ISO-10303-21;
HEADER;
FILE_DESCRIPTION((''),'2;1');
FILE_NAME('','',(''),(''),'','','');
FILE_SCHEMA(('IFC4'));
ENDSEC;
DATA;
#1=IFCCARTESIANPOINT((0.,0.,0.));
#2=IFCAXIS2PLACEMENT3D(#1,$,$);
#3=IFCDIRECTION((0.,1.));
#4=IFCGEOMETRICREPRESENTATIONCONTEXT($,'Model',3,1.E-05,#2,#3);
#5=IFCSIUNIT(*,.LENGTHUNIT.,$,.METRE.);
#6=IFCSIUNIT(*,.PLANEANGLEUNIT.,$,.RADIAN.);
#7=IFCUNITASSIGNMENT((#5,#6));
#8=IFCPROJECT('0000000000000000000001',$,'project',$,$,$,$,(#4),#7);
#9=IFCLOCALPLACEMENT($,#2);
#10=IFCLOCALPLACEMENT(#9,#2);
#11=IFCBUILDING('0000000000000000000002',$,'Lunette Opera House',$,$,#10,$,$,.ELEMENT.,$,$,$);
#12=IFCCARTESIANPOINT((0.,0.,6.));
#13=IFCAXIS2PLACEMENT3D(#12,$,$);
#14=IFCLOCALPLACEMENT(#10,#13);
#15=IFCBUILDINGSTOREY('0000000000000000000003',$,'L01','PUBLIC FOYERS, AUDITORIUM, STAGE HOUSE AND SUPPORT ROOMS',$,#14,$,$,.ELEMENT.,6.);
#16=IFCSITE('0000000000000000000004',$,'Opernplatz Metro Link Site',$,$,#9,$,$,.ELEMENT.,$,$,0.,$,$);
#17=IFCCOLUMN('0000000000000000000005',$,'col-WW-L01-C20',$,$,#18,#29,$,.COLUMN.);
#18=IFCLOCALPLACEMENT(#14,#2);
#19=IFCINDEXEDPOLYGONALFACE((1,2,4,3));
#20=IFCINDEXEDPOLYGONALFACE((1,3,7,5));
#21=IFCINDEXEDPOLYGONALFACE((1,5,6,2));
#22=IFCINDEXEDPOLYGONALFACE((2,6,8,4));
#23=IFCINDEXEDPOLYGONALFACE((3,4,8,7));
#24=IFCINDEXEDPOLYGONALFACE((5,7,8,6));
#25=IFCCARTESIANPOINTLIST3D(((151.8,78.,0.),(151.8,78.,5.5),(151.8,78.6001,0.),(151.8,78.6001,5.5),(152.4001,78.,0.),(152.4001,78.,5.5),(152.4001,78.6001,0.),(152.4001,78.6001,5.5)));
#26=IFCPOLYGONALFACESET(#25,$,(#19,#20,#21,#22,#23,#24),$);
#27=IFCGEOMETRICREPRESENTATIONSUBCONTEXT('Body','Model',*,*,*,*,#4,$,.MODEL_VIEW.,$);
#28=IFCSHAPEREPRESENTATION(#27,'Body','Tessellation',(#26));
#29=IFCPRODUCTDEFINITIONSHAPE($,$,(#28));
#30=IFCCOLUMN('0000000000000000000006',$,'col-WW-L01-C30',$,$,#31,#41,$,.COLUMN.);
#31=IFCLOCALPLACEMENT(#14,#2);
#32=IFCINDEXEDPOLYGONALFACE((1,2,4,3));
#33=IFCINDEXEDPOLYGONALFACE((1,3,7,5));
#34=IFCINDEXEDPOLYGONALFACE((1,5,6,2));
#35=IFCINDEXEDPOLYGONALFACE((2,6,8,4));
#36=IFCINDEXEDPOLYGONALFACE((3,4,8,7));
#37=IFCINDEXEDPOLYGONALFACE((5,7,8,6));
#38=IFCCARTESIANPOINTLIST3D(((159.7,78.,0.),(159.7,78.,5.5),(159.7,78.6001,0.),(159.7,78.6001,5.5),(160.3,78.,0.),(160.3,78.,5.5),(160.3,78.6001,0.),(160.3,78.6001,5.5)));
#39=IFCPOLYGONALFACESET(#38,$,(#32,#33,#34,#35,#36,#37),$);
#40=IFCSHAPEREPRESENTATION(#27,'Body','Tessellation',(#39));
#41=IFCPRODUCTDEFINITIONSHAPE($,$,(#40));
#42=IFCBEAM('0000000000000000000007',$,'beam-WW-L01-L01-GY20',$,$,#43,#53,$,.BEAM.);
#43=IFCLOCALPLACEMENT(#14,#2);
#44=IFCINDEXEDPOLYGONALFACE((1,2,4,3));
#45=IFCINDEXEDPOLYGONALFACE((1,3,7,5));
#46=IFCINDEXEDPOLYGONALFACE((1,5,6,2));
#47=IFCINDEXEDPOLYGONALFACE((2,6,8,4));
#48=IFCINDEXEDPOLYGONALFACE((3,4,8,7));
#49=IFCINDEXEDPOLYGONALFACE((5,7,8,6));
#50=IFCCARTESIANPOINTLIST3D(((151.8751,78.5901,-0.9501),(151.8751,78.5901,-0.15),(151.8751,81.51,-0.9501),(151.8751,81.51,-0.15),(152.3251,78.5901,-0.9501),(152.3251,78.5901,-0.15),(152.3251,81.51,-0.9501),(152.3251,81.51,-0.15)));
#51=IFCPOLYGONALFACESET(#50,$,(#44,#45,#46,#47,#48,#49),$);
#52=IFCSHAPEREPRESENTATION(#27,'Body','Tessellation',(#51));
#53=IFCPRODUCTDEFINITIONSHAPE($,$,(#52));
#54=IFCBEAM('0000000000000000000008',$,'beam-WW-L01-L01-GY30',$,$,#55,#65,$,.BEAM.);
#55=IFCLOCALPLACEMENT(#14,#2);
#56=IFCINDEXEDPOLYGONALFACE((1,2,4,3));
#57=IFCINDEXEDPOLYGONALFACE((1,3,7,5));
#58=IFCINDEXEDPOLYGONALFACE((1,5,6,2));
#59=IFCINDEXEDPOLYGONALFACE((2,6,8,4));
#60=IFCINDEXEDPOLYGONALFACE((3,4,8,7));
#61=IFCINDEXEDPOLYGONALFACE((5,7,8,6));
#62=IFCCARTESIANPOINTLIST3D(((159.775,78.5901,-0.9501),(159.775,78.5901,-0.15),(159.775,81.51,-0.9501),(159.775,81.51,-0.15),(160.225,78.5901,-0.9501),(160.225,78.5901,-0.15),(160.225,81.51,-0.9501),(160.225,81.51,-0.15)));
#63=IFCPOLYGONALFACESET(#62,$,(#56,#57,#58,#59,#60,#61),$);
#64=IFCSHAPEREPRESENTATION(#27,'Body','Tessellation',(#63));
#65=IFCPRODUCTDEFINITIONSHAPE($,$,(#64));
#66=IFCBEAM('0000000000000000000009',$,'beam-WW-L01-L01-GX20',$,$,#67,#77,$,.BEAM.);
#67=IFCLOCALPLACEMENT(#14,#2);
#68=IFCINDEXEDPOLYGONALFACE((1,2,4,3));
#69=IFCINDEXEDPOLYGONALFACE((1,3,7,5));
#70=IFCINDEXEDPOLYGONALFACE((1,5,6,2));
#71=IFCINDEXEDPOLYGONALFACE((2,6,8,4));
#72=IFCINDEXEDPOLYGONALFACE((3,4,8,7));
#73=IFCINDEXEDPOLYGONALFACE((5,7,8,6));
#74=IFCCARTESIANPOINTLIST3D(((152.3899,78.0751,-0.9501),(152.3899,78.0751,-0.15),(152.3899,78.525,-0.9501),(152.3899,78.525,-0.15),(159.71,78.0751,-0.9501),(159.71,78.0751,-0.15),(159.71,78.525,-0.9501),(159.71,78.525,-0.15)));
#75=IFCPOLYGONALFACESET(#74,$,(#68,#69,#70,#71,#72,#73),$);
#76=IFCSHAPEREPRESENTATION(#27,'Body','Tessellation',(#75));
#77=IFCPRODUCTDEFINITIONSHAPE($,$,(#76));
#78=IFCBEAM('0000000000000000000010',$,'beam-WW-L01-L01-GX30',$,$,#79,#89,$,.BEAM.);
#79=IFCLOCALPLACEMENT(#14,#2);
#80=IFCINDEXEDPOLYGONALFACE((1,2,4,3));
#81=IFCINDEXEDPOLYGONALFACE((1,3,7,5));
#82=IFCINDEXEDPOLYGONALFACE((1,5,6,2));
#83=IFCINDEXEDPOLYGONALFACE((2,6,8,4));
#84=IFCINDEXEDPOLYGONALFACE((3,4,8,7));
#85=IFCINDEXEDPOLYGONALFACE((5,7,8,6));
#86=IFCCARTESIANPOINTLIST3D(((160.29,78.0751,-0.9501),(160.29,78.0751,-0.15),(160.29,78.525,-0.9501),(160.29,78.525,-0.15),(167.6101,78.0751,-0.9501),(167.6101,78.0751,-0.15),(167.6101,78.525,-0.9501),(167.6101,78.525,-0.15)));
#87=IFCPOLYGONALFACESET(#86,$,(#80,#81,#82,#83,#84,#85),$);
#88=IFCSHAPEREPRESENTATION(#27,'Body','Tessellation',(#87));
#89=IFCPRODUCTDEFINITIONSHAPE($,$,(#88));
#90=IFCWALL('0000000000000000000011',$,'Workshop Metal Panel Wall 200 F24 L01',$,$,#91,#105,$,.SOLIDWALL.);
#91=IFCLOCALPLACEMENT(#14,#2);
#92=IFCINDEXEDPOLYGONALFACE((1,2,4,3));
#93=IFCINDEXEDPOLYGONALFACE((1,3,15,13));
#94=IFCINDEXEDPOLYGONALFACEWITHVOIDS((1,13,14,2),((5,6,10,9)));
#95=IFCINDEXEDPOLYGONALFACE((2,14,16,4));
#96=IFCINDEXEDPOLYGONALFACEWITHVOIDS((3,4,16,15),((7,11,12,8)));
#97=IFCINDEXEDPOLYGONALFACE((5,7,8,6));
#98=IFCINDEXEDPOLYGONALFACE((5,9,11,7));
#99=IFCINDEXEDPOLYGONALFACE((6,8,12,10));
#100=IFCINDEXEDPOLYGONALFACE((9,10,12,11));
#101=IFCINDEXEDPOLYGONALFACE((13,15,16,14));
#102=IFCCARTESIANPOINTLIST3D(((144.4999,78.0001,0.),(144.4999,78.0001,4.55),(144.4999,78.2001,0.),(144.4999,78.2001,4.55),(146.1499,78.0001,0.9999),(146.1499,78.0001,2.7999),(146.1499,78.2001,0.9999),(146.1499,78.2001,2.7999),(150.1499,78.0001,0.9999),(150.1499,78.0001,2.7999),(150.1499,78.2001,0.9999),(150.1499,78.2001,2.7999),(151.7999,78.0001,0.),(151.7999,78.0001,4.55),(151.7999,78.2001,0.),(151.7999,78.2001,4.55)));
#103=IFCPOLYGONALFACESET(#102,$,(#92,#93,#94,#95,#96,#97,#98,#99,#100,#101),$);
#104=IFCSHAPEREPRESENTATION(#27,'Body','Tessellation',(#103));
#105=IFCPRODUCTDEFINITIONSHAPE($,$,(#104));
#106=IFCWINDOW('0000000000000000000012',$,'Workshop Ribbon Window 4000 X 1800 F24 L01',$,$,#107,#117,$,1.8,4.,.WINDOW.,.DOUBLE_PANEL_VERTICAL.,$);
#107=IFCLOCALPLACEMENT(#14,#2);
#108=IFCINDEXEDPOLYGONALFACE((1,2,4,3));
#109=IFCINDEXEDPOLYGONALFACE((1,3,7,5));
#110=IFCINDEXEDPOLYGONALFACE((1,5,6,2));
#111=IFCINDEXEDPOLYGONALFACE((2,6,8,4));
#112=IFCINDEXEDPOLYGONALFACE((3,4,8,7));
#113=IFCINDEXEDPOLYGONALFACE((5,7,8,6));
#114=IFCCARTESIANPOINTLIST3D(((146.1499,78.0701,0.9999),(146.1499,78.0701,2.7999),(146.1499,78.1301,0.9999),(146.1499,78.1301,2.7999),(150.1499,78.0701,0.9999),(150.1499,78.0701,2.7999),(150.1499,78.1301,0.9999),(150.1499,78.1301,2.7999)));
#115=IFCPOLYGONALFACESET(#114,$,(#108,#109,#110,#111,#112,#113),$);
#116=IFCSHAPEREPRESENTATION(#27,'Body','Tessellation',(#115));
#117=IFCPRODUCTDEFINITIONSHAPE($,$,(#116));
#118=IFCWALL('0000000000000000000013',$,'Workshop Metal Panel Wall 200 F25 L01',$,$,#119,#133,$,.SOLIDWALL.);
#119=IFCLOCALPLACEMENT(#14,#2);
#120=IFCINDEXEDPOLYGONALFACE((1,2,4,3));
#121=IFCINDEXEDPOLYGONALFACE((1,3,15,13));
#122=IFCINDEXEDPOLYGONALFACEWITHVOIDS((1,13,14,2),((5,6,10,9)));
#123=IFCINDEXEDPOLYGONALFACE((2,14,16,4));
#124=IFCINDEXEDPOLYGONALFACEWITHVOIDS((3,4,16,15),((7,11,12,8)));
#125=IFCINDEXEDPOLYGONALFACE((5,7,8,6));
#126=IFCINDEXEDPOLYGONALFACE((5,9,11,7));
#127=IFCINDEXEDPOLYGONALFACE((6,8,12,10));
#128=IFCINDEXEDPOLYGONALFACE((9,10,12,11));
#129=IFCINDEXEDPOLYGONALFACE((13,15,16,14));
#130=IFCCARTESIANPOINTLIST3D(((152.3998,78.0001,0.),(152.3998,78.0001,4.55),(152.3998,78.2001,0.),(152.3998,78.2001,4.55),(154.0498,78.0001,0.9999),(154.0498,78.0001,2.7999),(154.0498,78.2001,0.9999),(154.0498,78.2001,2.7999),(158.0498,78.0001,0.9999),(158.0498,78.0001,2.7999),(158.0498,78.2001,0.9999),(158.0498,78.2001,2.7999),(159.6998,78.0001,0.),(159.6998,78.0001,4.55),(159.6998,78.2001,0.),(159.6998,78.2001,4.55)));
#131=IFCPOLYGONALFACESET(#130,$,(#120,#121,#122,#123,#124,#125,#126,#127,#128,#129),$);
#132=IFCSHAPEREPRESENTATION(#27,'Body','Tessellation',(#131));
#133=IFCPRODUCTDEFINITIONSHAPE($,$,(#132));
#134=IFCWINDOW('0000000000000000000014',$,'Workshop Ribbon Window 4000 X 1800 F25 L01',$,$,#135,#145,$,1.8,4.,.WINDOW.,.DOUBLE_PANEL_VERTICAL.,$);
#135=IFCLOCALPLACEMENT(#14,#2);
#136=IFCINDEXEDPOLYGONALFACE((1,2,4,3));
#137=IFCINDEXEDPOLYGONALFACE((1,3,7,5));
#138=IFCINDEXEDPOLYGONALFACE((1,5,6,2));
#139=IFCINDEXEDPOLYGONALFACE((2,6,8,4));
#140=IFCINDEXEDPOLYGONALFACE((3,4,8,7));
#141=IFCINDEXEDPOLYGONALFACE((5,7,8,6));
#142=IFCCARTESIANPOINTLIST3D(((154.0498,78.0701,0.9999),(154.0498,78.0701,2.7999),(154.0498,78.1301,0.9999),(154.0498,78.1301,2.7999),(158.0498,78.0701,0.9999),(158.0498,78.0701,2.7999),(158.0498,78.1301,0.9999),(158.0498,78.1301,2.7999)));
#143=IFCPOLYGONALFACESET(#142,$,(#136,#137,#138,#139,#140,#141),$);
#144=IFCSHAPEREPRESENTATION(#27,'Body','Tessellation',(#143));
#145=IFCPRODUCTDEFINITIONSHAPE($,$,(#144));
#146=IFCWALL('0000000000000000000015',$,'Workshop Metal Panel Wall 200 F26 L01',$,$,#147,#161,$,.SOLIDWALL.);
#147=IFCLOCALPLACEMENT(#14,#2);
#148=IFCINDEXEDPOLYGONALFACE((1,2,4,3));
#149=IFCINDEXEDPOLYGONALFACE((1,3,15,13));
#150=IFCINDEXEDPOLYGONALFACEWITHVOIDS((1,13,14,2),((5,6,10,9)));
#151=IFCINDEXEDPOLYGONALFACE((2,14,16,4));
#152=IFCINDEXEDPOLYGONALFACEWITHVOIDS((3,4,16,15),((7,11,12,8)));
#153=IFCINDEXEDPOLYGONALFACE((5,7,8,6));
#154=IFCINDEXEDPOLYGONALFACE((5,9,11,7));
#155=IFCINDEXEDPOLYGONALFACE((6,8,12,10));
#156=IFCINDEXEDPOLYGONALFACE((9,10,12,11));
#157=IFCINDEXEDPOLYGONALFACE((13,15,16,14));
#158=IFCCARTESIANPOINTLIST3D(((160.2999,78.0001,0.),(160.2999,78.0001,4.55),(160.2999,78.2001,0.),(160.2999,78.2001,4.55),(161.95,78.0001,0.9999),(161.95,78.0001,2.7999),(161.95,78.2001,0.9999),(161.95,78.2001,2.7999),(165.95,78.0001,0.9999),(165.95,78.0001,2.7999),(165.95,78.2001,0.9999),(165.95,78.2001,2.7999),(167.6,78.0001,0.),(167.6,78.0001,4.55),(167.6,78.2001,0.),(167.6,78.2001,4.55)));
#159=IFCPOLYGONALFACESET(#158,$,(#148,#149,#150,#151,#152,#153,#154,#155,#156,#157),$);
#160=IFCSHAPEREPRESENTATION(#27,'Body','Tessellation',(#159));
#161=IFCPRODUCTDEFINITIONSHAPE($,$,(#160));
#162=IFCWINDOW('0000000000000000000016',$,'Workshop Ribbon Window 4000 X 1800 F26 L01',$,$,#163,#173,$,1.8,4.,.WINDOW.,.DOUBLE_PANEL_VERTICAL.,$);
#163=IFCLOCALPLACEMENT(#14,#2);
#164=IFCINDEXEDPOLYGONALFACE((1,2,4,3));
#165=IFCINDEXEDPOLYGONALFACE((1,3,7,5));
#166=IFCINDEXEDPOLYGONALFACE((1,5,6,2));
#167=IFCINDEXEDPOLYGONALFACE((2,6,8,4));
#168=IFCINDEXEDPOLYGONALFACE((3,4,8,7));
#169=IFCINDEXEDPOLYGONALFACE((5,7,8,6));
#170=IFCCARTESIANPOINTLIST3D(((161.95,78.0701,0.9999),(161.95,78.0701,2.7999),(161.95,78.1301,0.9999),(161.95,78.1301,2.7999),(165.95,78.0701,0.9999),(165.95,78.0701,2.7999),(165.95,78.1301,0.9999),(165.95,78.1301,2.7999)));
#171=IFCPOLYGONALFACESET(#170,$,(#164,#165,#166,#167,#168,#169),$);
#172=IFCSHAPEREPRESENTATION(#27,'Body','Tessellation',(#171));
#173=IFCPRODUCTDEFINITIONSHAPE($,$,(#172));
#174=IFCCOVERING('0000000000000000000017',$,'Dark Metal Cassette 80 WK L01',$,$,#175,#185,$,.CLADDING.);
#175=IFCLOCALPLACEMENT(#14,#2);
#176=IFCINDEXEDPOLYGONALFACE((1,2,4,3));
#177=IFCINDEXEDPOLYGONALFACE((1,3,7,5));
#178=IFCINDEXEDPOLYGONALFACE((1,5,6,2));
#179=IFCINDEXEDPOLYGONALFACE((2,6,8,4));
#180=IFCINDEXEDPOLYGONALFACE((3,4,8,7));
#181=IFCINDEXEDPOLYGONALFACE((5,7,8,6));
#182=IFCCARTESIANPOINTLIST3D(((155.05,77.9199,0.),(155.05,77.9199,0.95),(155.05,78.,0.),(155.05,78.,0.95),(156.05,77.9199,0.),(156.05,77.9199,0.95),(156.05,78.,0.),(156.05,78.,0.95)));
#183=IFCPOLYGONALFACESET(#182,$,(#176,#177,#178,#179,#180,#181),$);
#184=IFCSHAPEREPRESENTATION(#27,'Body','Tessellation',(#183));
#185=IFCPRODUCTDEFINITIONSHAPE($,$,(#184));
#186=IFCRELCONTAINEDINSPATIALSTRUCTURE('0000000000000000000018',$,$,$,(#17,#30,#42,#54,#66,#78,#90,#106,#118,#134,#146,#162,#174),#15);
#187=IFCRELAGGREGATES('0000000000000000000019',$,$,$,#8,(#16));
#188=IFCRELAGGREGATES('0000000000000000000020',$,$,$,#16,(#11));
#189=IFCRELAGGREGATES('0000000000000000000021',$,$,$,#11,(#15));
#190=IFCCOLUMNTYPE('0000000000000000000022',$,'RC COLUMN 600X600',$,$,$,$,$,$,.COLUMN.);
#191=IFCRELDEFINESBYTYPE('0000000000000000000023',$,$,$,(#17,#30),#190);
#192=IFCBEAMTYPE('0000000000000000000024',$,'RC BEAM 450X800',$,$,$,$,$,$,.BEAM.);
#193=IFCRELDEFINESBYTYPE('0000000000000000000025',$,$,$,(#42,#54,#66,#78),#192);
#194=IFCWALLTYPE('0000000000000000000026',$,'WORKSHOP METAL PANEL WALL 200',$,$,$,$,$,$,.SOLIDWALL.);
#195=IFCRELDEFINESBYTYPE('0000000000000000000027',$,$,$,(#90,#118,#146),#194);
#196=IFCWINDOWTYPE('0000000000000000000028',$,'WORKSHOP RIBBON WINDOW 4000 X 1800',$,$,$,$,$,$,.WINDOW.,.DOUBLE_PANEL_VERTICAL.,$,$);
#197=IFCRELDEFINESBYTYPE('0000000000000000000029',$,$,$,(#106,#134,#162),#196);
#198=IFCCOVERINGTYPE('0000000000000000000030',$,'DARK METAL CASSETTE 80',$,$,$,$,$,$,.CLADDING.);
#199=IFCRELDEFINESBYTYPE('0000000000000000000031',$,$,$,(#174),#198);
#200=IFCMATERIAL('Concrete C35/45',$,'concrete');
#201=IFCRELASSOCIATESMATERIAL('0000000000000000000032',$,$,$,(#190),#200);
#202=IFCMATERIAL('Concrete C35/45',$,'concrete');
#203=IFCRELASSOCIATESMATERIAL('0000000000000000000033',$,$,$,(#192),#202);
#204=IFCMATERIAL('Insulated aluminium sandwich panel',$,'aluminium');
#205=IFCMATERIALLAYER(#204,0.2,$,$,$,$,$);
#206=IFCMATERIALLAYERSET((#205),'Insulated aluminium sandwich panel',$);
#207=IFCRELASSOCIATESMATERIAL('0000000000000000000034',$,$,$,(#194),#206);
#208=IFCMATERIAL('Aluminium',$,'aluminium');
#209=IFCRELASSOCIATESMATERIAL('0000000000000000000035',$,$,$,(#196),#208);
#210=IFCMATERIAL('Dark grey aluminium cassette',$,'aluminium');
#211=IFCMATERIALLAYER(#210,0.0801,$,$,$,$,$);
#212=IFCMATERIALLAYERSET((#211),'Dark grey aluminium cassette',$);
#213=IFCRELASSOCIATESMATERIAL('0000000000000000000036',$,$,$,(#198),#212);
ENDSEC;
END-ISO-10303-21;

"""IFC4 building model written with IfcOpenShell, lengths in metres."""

from ifc_helpers import new_model, si_unit, direction, frame, frame_2d, origin, origin_2d, place, context, subcontext, project, spatial, rectangle, extrude, material, layer, layer_set, material_profile, profile_set, type_object, element, fill, save


model = new_model("IFC4")

# Units and contexts
model_context = context("Model", 3, precision=1e-05, world=origin(), true_north=direction((0.0, 1.0)))
body_context = subcontext(model_context, "Body", "Model", "MODEL_VIEW")
ifc_project = project(units=[si_unit("LENGTHUNIT", "METRE"), si_unit("PLANEANGLEUNIT", "RADIAN")], contexts=[model_context])

# Site, building, storey
site_placement = place(None, origin())
site = spatial("IfcSite", under=ifc_project, at=site_placement, Name="Opernplatz Metro Link Site", CompositionType="ELEMENT", RefElevation=0.0)
building_placement = place(site_placement, origin())
building = spatial("IfcBuilding", under=site, at=building_placement, Name="Lunette Opera House", CompositionType="ELEMENT")
storey_placement = place(building_placement, frame((0.0, 0.0, 6.0)))
storey = spatial("IfcBuildingStorey", under=building, at=storey_placement, Name="L01", Description="PUBLIC FOYERS, AUDITORIUM, STAGE HOUSE AND SUPPORT ROOMS", CompositionType="ELEMENT", Elevation=6.0)

# Columns
ifc_material_1 = material(Name="Concrete C35/45", Category="concrete")
ifc_material_profile_1 = material_profile(ifc_material_1, rectangle(XDim=0.6001, YDim=0.6001, at=origin_2d()), Name="RC COLUMN 600X600")
ifc_profile_set_1 = profile_set([ifc_material_profile_1], Name="Concrete C35/45")
column_type = type_object("IfcColumnType", Name="RC COLUMN 600X600", PredefinedType="COLUMN", material=ifc_profile_set_1)
for number, where, z_axis, x_axis, name in (
    (1, (152.1001, 78.3, 0.0), (0.0, 0.0, 1.0), (1.0, 0.0, 0.0), "col-WW-L01-C20"),
    (2, (160.0, 78.3, 0.0), (0.0, 0.0, 1.0), (1.0, 0.0, 0.0), "col-WW-L01-C30"),
):
    element("IfcColumn", number, at=place(storey_placement, frame(where, z_axis=z_axis, x_axis=x_axis)), inside=storey, type_object=column_type, Name=name, PredefinedType="COLUMN", context=body_context, shape_type="SweptSolid", body=[
        extrude(rectangle(XDim=0.6001, YDim=0.6001, at=origin_2d()), origin(), (0.0, 0.0, 1.0), 5.5),
    ])

# Beams
ifc_material_2 = material(Name="Concrete C35/45", Category="concrete")
ifc_material_profile_2 = material_profile(ifc_material_2, rectangle(XDim=0.45, YDim=0.8, at=origin_2d()), Name="RC BEAM 450X800")
ifc_profile_set_2 = profile_set([ifc_material_profile_2], Name="Concrete C35/45")
beam_type = type_object("IfcBeamType", Name="RC BEAM 450X800", PredefinedType="BEAM", material=ifc_profile_set_2)
for number, where, z_axis, x_axis, name in (
    (3, (152.1001, 78.5901, -0.55), (0.0, 1.0, 0.0), (-1.0, 0.0, 0.0), "beam-WW-L01-L01-GY20"),
    (4, (160.0, 78.5901, -0.55), (0.0, 1.0, 0.0), (-1.0, 0.0, 0.0), "beam-WW-L01-L01-GY30"),
):
    element("IfcBeam", number, at=place(storey_placement, frame(where, z_axis=z_axis, x_axis=x_axis)), inside=storey, type_object=beam_type, Name=name, PredefinedType="BEAM", context=body_context, shape_type="SweptSolid", body=[
        extrude(rectangle(XDim=0.45, YDim=0.8, at=origin_2d()), origin(), (0.0, 0.0, 1.0), 2.9199),
    ])
for number, where, z_axis, x_axis, name in (
    (5, (152.3899, 78.3, -0.55), (1.0, 0.0, 0.0), (0.0, 1.0, 0.0), "beam-WW-L01-L01-GX20"),
    (6, (160.29, 78.3, -0.55), (1.0, 0.0, 0.0), (0.0, 1.0, 0.0), "beam-WW-L01-L01-GX30"),
):
    element("IfcBeam", number, at=place(storey_placement, frame(where, z_axis=z_axis, x_axis=x_axis)), inside=storey, type_object=beam_type, Name=name, PredefinedType="BEAM", context=body_context, shape_type="SweptSolid", body=[
        extrude(rectangle(XDim=0.45, YDim=0.8, at=origin_2d()), origin(), (0.0, 0.0, 1.0), 7.3201),
    ])

# Walls, openings, windows
ifc_material_3 = material(Name="Insulated aluminium sandwich panel", Category="aluminium")
ifc_layer_1 = layer(ifc_material_3, 0.2)
ifc_layer_set_1 = layer_set([ifc_layer_1], Name="Insulated aluminium sandwich panel")
wall_type = type_object("IfcWallType", Name="WORKSHOP METAL PANEL WALL 200", PredefinedType="SOLIDWALL", material=ifc_layer_set_1)
wall_1_placement = place(storey_placement, frame((144.5, 78.1001, 0.0), z_axis=(0.0, 0.0, 1.0), x_axis=(1.0, 0.0, 0.0)))
wall_1 = element("IfcWall", 7, at=wall_1_placement, inside=storey, type_object=wall_type, Name="Workshop Metal Panel Wall 200 F24 L01", PredefinedType="SOLIDWALL", context=body_context, shape_type="SweptSolid", body=[
    extrude(rectangle(XDim=7.3, YDim=0.2, at=frame_2d((3.6499, 0.0))), origin(), (0.0, 0.0, 1.0), 4.55),
])
opening_1_placement = place(wall_1_placement, frame((1.6499, 0.0, 1.0)))
opening_1 = element("IfcOpeningElement", 8, at=opening_1_placement, cuts=wall_1, PredefinedType="OPENING", context=body_context, shape_type="SweptSolid", body=[
    extrude(rectangle(XDim=4.0, YDim=1.8, at=frame_2d((2.0, 0.8999))), frame((0.0, 0.1121, 0.0), z_axis=(0.0, -1.0, 0.0), x_axis=(1.0, 0.0, 0.0)), (0.0, 0.0, 1.0), 0.2239),
])
ifc_material_4 = material(Name="Aluminium", Category="aluminium")
window_type = type_object("IfcWindowType", Name="WORKSHOP RIBBON WINDOW 4000 X 1800", PartitioningType="DOUBLE_PANEL_VERTICAL", PredefinedType="WINDOW", material=ifc_material_4)
window_1_placement = place(opening_1_placement, origin())
window_1 = element("IfcWindow", 9, at=window_1_placement, inside=storey, type_object=window_type, Name="Workshop Ribbon Window 4000 X 1800 F24 L01", OverallHeight=1.8, OverallWidth=4.0, PartitioningType="DOUBLE_PANEL_VERTICAL", PredefinedType="WINDOW", context=body_context, shape_type="SweptSolid", body=[
    extrude(rectangle(XDim=4.0, YDim=1.8, at=frame_2d((2.0, 0.8999))), frame((0.0, 0.03, 0.0), z_axis=(0.0, -1.0, 0.0), x_axis=(1.0, 0.0, 0.0)), (0.0, 0.0, 1.0), 0.0601),
])
fill(opening_1, window_1)
wall_2_placement = place(storey_placement, frame((152.3999, 78.1001, 0.0), z_axis=(0.0, 0.0, 1.0), x_axis=(1.0, 0.0, 0.0)))
wall_2 = element("IfcWall", 10, at=wall_2_placement, inside=storey, type_object=wall_type, Name="Workshop Metal Panel Wall 200 F25 L01", PredefinedType="SOLIDWALL", context=body_context, shape_type="SweptSolid", body=[
    extrude(rectangle(XDim=7.3, YDim=0.2, at=frame_2d((3.6499, 0.0))), origin(), (0.0, 0.0, 1.0), 4.55),
])
opening_2_placement = place(wall_2_placement, frame((1.6499, 0.0, 1.0)))
opening_2 = element("IfcOpeningElement", 11, at=opening_2_placement, cuts=wall_2, PredefinedType="OPENING", context=body_context, shape_type="SweptSolid", body=[
    extrude(rectangle(XDim=4.0, YDim=1.8, at=frame_2d((2.0, 0.8999))), frame((0.0, 0.1121, 0.0), z_axis=(0.0, -1.0, 0.0), x_axis=(1.0, 0.0, 0.0)), (0.0, 0.0, 1.0), 0.2239),
])
window_2_placement = place(opening_2_placement, origin())
window_2 = element("IfcWindow", 12, at=window_2_placement, inside=storey, type_object=window_type, Name="Workshop Ribbon Window 4000 X 1800 F25 L01", OverallHeight=1.8, OverallWidth=4.0, PartitioningType="DOUBLE_PANEL_VERTICAL", PredefinedType="WINDOW", context=body_context, shape_type="SweptSolid", body=[
    extrude(rectangle(XDim=4.0, YDim=1.8, at=frame_2d((2.0, 0.8999))), frame((0.0, 0.03, 0.0), z_axis=(0.0, -1.0, 0.0), x_axis=(1.0, 0.0, 0.0)), (0.0, 0.0, 1.0), 0.0601),
])
fill(opening_2, window_2)
wall_3_placement = place(storey_placement, frame((160.3, 78.1001, 0.0), z_axis=(0.0, 0.0, 1.0), x_axis=(1.0, 0.0, 0.0)))
wall_3 = element("IfcWall", 13, at=wall_3_placement, inside=storey, type_object=wall_type, Name="Workshop Metal Panel Wall 200 F26 L01", PredefinedType="SOLIDWALL", context=body_context, shape_type="SweptSolid", body=[
    extrude(rectangle(XDim=7.3, YDim=0.2, at=frame_2d((3.6499, 0.0))), origin(), (0.0, 0.0, 1.0), 4.55),
])
opening_3_placement = place(wall_3_placement, frame((1.6499, 0.0, 1.0)))
opening_3 = element("IfcOpeningElement", 14, at=opening_3_placement, cuts=wall_3, PredefinedType="OPENING", context=body_context, shape_type="SweptSolid", body=[
    extrude(rectangle(XDim=4.0, YDim=1.8, at=frame_2d((2.0, 0.8999))), frame((0.0, 0.1121, 0.0), z_axis=(0.0, -1.0, 0.0), x_axis=(1.0, 0.0, 0.0)), (0.0, 0.0, 1.0), 0.2239),
])
window_3_placement = place(opening_3_placement, origin())
window_3 = element("IfcWindow", 15, at=window_3_placement, inside=storey, type_object=window_type, Name="Workshop Ribbon Window 4000 X 1800 F26 L01", OverallHeight=1.8, OverallWidth=4.0, PartitioningType="DOUBLE_PANEL_VERTICAL", PredefinedType="WINDOW", context=body_context, shape_type="SweptSolid", body=[
    extrude(rectangle(XDim=4.0, YDim=1.8, at=frame_2d((2.0, 0.8999))), frame((0.0, 0.03, 0.0), z_axis=(0.0, -1.0, 0.0), x_axis=(1.0, 0.0, 0.0)), (0.0, 0.0, 1.0), 0.0601),
])
fill(opening_3, window_3)

# Covering
ifc_material_5 = material(Name="Dark grey aluminium cassette", Category="aluminium")
ifc_layer_2 = layer(ifc_material_5, 0.0801)
ifc_layer_set_2 = layer_set([ifc_layer_2], Name="Dark grey aluminium cassette")
covering_type = type_object("IfcCoveringType", Name="DARK METAL CASSETTE 80", PredefinedType="CLADDING", material=ifc_layer_set_2)
covering_1_placement = place(storey_placement, frame((155.55, 77.96, 0.0), z_axis=(0.0, 0.0, 1.0), x_axis=(1.0, 0.0, 0.0)))
element("IfcCovering", 16, at=covering_1_placement, inside=storey, type_object=covering_type, Name="Dark Metal Cassette 80 WK L01", PredefinedType="CLADDING", context=body_context, shape_type="SweptSolid", body=[
    extrude(rectangle(XDim=1.0, YDim=0.0801, at=origin_2d()), origin(), (0.0, 0.0, 1.0), 0.95),
])

save(model, "model.ifc")
